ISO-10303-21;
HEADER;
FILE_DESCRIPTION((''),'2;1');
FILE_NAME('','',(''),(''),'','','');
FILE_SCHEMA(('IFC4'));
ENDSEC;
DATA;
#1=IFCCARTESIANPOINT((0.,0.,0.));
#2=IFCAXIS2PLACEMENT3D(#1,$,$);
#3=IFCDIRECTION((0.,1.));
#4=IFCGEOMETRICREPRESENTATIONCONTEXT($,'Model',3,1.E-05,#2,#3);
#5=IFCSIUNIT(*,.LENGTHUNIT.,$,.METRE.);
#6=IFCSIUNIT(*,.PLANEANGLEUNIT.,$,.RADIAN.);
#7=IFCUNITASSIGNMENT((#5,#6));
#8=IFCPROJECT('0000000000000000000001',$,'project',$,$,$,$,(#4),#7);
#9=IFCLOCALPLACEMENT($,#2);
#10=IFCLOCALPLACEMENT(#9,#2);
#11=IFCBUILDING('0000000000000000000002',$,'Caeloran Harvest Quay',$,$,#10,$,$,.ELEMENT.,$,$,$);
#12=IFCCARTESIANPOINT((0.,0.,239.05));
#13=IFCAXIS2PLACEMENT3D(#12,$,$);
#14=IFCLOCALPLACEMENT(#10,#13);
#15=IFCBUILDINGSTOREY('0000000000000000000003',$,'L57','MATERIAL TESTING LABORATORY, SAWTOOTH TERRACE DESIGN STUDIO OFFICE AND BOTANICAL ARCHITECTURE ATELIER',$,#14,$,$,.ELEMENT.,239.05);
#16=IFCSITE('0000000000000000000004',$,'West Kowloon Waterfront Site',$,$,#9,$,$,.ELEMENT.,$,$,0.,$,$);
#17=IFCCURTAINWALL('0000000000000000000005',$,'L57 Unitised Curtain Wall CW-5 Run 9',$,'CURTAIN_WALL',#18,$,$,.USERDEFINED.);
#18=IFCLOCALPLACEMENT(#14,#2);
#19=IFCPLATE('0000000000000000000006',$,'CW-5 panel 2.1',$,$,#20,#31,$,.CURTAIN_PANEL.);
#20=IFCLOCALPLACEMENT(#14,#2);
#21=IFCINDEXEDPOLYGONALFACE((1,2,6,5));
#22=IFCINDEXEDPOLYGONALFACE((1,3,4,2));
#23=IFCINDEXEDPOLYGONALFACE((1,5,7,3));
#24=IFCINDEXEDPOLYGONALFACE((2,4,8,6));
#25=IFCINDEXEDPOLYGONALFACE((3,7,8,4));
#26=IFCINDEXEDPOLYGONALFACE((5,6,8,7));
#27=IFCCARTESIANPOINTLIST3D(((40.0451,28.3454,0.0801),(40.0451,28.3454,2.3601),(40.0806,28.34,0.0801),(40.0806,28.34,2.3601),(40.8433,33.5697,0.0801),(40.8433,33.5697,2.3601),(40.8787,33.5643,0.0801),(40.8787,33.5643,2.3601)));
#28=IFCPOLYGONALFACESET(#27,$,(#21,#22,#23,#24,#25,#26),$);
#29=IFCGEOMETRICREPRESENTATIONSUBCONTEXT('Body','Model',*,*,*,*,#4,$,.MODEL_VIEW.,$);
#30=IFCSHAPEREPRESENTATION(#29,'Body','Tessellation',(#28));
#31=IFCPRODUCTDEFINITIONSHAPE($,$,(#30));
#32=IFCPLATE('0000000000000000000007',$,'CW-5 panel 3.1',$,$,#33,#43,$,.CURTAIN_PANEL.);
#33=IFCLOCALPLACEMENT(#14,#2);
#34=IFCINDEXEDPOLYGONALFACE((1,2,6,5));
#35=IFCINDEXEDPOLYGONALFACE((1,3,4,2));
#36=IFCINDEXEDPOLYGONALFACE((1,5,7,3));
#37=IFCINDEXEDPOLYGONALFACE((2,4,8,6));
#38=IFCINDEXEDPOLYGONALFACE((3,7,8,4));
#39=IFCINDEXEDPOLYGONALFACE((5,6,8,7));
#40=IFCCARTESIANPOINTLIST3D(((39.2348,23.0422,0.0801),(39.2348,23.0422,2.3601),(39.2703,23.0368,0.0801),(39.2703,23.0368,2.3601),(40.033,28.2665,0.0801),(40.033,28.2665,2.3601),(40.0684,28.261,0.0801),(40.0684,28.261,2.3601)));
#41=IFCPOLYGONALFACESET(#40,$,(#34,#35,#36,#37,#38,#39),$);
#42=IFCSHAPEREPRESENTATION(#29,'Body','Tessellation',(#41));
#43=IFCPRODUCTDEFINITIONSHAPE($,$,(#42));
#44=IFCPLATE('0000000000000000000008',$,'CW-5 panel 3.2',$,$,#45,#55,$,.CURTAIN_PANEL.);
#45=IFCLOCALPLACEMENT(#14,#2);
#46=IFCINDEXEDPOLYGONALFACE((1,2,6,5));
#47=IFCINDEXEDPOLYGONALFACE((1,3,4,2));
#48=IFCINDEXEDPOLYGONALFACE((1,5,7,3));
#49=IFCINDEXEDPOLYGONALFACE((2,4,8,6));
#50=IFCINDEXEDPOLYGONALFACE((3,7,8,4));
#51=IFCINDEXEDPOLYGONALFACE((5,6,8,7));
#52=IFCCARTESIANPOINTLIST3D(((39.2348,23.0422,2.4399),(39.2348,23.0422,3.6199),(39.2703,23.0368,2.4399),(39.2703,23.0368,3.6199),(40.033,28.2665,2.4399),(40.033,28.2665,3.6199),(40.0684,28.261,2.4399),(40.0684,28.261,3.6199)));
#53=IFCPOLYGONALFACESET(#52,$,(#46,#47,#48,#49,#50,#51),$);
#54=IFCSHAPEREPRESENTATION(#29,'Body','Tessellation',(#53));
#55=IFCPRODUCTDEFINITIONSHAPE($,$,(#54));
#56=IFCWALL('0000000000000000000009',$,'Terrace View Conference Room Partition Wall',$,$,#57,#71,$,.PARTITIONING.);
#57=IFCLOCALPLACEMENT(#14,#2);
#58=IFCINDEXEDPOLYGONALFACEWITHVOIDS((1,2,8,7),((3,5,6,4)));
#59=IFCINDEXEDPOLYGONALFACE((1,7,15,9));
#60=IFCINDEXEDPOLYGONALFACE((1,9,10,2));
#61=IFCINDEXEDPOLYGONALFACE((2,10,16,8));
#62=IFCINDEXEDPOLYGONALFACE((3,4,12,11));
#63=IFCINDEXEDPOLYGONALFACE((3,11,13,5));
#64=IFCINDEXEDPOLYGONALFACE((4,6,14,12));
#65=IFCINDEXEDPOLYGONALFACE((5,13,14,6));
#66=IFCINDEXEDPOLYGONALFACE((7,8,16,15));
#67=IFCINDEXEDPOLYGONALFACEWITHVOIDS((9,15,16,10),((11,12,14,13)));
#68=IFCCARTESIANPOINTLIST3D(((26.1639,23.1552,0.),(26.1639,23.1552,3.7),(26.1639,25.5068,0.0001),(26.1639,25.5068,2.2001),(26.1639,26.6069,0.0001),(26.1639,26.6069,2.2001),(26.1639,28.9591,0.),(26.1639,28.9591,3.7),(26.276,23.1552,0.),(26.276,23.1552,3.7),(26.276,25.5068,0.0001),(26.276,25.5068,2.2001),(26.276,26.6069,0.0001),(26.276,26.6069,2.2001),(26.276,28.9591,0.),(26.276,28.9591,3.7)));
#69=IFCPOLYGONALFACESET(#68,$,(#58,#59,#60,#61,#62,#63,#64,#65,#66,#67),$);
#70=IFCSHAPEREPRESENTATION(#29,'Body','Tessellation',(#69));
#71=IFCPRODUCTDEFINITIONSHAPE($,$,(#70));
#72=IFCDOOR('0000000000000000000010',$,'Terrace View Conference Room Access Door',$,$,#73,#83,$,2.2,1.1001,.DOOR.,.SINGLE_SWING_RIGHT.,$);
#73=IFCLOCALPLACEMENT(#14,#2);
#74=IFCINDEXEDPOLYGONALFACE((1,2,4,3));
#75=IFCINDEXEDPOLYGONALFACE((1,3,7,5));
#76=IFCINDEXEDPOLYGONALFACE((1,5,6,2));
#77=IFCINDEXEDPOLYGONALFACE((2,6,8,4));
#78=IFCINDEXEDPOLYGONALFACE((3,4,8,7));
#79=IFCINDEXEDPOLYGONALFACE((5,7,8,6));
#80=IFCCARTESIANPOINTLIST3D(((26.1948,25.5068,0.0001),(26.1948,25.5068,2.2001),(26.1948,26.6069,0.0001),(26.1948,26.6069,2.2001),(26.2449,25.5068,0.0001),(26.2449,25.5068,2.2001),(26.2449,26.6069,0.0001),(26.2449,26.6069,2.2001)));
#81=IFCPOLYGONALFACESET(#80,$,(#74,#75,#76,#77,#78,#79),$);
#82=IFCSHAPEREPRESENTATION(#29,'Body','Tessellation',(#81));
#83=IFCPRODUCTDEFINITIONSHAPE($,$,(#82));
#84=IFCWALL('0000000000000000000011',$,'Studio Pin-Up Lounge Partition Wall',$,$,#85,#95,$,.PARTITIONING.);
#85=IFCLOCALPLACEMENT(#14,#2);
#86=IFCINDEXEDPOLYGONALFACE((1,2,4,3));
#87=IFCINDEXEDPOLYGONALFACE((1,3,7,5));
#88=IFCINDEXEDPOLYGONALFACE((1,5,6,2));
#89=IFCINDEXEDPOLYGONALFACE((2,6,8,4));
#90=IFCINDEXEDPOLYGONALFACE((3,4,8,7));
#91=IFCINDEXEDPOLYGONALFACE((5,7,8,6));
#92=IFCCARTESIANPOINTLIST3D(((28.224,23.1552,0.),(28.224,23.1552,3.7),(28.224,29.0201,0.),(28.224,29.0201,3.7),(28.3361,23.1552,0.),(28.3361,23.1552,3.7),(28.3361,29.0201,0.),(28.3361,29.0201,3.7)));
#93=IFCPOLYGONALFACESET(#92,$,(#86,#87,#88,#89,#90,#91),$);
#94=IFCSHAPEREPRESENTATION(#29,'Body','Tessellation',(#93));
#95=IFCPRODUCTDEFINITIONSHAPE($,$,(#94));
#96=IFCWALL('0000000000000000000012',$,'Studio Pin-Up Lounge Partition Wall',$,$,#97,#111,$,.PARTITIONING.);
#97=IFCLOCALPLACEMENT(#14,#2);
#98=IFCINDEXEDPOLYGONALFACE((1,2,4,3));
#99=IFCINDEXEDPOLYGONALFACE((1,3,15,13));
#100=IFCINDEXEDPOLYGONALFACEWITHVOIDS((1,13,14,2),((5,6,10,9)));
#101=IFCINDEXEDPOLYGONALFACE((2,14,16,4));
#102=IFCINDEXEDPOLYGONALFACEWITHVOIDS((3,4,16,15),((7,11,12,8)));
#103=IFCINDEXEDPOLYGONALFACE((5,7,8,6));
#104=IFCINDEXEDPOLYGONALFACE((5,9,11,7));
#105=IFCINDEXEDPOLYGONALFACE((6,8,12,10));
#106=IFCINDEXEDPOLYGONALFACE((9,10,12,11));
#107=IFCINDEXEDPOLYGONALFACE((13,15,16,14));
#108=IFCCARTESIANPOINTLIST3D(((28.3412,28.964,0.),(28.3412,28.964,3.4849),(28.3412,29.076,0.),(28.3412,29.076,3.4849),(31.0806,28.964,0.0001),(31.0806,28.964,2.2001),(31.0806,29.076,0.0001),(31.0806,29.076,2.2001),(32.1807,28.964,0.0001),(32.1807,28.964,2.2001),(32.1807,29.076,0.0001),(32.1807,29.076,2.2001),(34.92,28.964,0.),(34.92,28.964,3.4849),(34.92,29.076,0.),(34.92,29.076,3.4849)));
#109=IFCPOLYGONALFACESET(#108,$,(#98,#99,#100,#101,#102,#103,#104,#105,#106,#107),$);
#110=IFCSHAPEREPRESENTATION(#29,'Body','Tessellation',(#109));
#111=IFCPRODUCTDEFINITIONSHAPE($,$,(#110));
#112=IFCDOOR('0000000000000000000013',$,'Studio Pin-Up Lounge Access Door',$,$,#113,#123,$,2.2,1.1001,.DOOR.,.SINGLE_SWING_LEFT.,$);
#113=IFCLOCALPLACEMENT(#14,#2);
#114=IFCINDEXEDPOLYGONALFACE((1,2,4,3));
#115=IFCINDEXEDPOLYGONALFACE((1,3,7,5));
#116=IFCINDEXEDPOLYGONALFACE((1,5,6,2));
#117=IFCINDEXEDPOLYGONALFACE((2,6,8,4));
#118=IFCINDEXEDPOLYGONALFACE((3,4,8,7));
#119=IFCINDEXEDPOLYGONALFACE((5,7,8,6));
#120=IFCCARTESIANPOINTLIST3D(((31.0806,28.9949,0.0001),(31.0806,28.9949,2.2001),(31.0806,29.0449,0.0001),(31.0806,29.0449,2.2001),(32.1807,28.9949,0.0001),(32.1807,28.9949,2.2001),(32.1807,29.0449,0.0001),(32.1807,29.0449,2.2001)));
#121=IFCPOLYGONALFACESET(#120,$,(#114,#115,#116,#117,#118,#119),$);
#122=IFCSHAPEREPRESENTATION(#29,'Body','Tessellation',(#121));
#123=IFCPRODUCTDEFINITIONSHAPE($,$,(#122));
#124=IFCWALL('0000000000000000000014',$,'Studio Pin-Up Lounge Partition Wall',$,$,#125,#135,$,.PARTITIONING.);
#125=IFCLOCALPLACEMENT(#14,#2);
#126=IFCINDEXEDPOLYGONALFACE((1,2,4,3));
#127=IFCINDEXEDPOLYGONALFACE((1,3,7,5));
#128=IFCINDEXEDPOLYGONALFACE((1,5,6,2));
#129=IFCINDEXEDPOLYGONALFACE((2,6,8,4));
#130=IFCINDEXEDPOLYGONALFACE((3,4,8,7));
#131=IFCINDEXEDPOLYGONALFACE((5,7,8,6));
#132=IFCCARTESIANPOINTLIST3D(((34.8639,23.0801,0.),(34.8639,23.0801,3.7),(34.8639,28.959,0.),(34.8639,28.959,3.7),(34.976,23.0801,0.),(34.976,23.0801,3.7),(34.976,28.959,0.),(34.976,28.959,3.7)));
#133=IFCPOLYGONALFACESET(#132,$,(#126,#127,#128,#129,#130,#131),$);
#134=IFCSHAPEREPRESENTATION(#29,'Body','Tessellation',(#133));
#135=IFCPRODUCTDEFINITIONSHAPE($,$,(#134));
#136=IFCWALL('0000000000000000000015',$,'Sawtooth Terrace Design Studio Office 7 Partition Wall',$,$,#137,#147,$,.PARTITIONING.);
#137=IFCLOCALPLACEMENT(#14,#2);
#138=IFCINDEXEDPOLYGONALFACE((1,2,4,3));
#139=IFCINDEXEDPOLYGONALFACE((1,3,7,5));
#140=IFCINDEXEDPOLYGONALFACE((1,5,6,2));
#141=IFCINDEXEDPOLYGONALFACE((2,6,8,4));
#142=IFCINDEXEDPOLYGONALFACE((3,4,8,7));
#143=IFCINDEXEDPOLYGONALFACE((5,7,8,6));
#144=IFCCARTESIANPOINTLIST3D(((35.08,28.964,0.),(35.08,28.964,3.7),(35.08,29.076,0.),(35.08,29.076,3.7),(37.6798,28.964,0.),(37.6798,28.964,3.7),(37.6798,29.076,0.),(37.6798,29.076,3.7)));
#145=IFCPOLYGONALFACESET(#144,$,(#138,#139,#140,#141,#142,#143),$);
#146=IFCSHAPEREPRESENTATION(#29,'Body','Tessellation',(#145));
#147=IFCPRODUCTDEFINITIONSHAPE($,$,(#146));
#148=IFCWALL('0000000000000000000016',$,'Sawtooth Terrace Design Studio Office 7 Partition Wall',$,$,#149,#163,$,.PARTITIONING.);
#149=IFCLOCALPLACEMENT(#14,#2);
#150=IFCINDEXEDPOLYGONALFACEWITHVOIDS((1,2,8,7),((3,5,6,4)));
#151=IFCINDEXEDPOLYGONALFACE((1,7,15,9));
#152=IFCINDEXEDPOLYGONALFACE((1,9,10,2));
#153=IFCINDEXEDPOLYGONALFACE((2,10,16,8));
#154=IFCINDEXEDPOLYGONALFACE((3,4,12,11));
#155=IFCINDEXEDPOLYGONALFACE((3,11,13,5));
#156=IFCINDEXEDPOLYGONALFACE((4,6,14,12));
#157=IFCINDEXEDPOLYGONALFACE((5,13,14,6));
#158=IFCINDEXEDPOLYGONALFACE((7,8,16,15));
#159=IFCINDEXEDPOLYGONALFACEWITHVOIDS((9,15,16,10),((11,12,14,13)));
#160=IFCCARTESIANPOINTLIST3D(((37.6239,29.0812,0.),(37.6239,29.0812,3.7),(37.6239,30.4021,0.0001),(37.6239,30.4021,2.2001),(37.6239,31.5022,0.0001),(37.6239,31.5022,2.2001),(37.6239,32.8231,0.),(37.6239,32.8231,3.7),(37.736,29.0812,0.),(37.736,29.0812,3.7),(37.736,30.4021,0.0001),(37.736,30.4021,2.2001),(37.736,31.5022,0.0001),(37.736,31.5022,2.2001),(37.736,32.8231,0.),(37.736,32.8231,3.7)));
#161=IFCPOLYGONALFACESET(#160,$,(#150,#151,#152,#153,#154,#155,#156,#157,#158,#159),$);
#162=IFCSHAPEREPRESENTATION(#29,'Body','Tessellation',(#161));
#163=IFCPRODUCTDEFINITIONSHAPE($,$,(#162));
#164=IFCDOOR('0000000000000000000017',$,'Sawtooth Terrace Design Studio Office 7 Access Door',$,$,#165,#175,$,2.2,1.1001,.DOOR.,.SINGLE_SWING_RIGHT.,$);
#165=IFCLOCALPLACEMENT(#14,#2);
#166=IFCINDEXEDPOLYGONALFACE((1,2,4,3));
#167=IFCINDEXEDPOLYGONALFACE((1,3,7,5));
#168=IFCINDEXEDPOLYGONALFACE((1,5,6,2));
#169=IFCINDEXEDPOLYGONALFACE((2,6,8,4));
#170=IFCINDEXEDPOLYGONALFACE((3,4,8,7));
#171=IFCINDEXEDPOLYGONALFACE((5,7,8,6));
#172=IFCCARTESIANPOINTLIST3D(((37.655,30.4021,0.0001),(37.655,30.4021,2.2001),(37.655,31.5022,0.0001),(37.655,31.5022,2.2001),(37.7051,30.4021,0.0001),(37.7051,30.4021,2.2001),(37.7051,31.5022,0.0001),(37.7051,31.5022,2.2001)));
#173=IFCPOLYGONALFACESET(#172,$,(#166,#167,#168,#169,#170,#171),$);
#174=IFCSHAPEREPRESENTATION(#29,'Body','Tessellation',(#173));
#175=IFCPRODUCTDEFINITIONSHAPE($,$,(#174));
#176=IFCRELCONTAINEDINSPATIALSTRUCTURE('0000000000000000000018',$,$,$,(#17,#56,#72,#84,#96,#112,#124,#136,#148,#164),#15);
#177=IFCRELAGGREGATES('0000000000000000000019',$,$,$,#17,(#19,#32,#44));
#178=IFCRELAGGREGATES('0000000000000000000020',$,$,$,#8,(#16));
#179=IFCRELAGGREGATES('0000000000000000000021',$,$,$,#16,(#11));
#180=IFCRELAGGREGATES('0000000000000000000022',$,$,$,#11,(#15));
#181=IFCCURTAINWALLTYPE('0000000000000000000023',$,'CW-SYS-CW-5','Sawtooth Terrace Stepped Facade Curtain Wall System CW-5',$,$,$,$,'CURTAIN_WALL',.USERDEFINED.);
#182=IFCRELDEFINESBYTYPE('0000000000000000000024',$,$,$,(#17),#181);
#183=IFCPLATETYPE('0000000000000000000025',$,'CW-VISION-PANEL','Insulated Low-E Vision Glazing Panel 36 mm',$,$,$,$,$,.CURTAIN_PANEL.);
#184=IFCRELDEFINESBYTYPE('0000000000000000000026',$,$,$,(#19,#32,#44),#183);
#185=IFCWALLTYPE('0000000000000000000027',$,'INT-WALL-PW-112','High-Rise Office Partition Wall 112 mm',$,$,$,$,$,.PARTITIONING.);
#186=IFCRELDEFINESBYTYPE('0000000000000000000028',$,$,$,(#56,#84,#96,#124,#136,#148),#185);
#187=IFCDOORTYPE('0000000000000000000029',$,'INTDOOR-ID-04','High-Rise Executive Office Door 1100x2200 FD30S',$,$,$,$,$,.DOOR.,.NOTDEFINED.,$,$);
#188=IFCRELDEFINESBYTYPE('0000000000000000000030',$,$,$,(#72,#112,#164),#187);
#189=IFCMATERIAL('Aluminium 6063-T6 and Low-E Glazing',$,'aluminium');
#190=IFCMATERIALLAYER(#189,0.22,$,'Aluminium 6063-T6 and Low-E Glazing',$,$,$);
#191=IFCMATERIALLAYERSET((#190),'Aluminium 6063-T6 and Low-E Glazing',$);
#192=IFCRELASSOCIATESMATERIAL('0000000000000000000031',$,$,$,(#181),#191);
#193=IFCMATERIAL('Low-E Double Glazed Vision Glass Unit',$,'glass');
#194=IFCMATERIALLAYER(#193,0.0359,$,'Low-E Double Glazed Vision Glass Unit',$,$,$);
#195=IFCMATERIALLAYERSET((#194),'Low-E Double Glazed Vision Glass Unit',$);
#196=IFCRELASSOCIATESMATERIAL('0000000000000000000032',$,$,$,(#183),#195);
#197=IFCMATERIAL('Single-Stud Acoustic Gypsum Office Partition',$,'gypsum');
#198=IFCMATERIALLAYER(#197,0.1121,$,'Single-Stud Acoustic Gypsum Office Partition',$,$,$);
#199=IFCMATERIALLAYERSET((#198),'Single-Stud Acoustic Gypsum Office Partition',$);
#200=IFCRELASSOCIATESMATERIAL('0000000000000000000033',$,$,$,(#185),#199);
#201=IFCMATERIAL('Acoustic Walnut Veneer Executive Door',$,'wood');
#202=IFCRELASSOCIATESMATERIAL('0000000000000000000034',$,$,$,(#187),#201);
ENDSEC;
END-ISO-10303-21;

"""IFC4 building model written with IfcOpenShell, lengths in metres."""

from ifc_helpers import new_model, si_unit, direction, frame, frame_2d, origin, origin_2d, place, context, subcontext, project, spatial, rectangle, extrude, material, layer, layer_set, type_object, element, fill, aggregate, save


model = new_model("IFC4")

# Units and contexts
model_context = context("Model", 3, precision=1e-05, world=origin(), true_north=direction((0.0, 1.0)))
body_context = subcontext(model_context, "Body", "Model", "MODEL_VIEW")
ifc_project = project(units=[si_unit("LENGTHUNIT", "METRE"), si_unit("PLANEANGLEUNIT", "RADIAN")], contexts=[model_context])

# Site, building, storey
site_placement = place(None, origin())
site = spatial("IfcSite", under=ifc_project, at=site_placement, Name="West Kowloon Waterfront Site", CompositionType="ELEMENT", RefElevation=0.0)
building_placement = place(site_placement, origin())
building = spatial("IfcBuilding", under=site, at=building_placement, Name="Caeloran Harvest Quay", CompositionType="ELEMENT")
storey_placement = place(building_placement, frame((0.0, 0.0, 239.05)))
storey = spatial("IfcBuildingStorey", under=building, at=storey_placement, Name="L57", Description="MATERIAL TESTING LABORATORY, SAWTOOTH TERRACE DESIGN STUDIO OFFICE AND BOTANICAL ARCHITECTURE ATELIER", CompositionType="ELEMENT", Elevation=239.05)

# Curtain wall, plates
ifc_material_1 = material(Name="Aluminium 6063-T6 and Low-E Glazing", Category="aluminium")
ifc_layer_1 = layer(ifc_material_1, 0.22, Name="Aluminium 6063-T6 and Low-E Glazing")
ifc_layer_set_1 = layer_set([ifc_layer_1], Name="Aluminium 6063-T6 and Low-E Glazing")
curtain_wall_type = type_object("IfcCurtainWallType", Name="CW-SYS-CW-5", Description="Sawtooth Terrace Stepped Facade Curtain Wall System CW-5", ElementType="CURTAIN_WALL", PredefinedType="USERDEFINED", material=ifc_layer_set_1)
curtain_wall_placement = place(storey_placement, origin())
curtain_wall = element("IfcCurtainWall", 1, at=curtain_wall_placement, inside=storey, type_object=curtain_wall_type, Name="L57 Unitised Curtain Wall CW-5 Run 9", ObjectType="CURTAIN_WALL", PredefinedType="USERDEFINED")
ifc_material_2 = material(Name="Low-E Double Glazed Vision Glass Unit", Category="glass")
ifc_layer_2 = layer(ifc_material_2, 0.0359, Name="Low-E Double Glazed Vision Glass Unit")
ifc_layer_set_2 = layer_set([ifc_layer_2], Name="Low-E Double Glazed Vision Glass Unit")
plate_type = type_object("IfcPlateType", Name="CW-VISION-PANEL", Description="Insulated Low-E Vision Glazing Panel 36 mm", PredefinedType="CURTAIN_PANEL", material=ifc_layer_set_2)
plate_1_placement = place(storey_placement, frame((40.4619, 30.9548, 0.0801), z_axis=(0.0, 0.0, 1.0), x_axis=(-0.151028, -0.98853, 0.0)))
plate_1 = element("IfcPlate", 2, at=plate_1_placement, type_object=plate_type, Name="CW-5 panel 2.1", PredefinedType="CURTAIN_PANEL", context=body_context, shape_type="SweptSolid", body=[
    extrude(rectangle(XDim=5.2849, YDim=0.0359, at=origin_2d()), origin(), (0.0, 0.0, 1.0), 2.28),
])
plate_2_placement = place(storey_placement, frame((39.6516, 25.6516, 0.0801), z_axis=(0.0, 0.0, 1.0), x_axis=(-0.151028, -0.98853, 0.0)))
plate_2 = element("IfcPlate", 3, at=plate_2_placement, type_object=plate_type, Name="CW-5 panel 3.1", PredefinedType="CURTAIN_PANEL", context=body_context, shape_type="SweptSolid", body=[
    extrude(rectangle(XDim=5.2849, YDim=0.0359, at=origin_2d()), origin(), (0.0, 0.0, 1.0), 2.28),
])
plate_3_placement = place(storey_placement, frame((39.6516, 25.6516, 2.4399), z_axis=(0.0, 0.0, 1.0), x_axis=(-0.151028, -0.98853, 0.0)))
plate_3 = element("IfcPlate", 4, at=plate_3_placement, type_object=plate_type, Name="CW-5 panel 3.2", PredefinedType="CURTAIN_PANEL", context=body_context, shape_type="SweptSolid", body=[
    extrude(rectangle(XDim=5.2849, YDim=0.0359, at=origin_2d()), origin(), (0.0, 0.0, 1.0), 1.1799),
])
aggregate(curtain_wall, [plate_1, plate_2, plate_3])

# Wall, opening, door
ifc_material_3 = material(Name="Single-Stud Acoustic Gypsum Office Partition", Category="gypsum")
ifc_layer_3 = layer(ifc_material_3, 0.1121, Name="Single-Stud Acoustic Gypsum Office Partition")
ifc_layer_set_3 = layer_set([ifc_layer_3], Name="Single-Stud Acoustic Gypsum Office Partition")
wall_type_1 = type_object("IfcWallType", Name="INT-WALL-PW-112", Description="High-Rise Office Partition Wall 112 mm", PredefinedType="PARTITIONING", material=ifc_layer_set_3)
wall_1_placement = place(storey_placement, frame((26.22, 28.959, 0.0), z_axis=(0.0, 0.0, 1.0), x_axis=(0.0, -1.0, 0.0)))
wall_1 = element("IfcWall", 5, at=wall_1_placement, inside=storey, type_object=wall_type_1, Name="Terrace View Conference Room Partition Wall", PredefinedType="PARTITIONING", context=body_context, shape_type="SweptSolid", body=[
    extrude(rectangle(XDim=5.804, YDim=0.1121, at=frame_2d((2.9019, 0.0))), origin(), (0.0, 0.0, 1.0), 3.7),
])
opening_1_placement = place(wall_1_placement, frame((2.3521, 0.0, 0.0)))
opening_1 = element("IfcOpeningElement", 6, at=opening_1_placement, cuts=wall_1, PredefinedType="OPENING", context=body_context, shape_type="SweptSolid", body=[
    extrude(rectangle(XDim=1.1001, YDim=2.2, at=frame_2d((0.55, 1.1001))), frame((0.0, 0.0659, 0.0), z_axis=(0.0, -1.0, 0.0), x_axis=(1.0, 0.0, 0.0)), (0.0, 0.0, 1.0), 0.1321),
])
ifc_material_4 = material(Name="Acoustic Walnut Veneer Executive Door", Category="wood")
door_type_1 = type_object("IfcDoorType", Name="INTDOOR-ID-04", Description="High-Rise Executive Office Door 1100x2200 FD30S", OperationType="NOTDEFINED", PredefinedType="DOOR", material=ifc_material_4)
door_1_placement = place(opening_1_placement, origin())
door_1 = element("IfcDoor", 7, at=door_1_placement, inside=storey, type_object=door_type_1, Name="Terrace View Conference Room Access Door", OperationType="SINGLE_SWING_RIGHT", OverallHeight=2.2, OverallWidth=1.1001, PredefinedType="DOOR", context=body_context, shape_type="SweptSolid", body=[
    extrude(rectangle(XDim=1.1001, YDim=2.2, at=frame_2d((0.55, 1.1001))), frame((0.0, 0.0249, 0.0), z_axis=(0.0, -1.0, 0.0), x_axis=(1.0, 0.0, 0.0)), (0.0, 0.0, 1.0), 0.05),
])
fill(opening_1, door_1)

# Wall
wall_2_placement = place(storey_placement, frame((28.28, 23.155, 0.0), z_axis=(0.0, 0.0, 1.0), x_axis=(0.0, 1.0, 0.0)))
element("IfcWall", 8, at=wall_2_placement, inside=storey, type_object=wall_type_1, Name="Studio Pin-Up Lounge Partition Wall", PredefinedType="PARTITIONING", context=body_context, shape_type="SweptSolid", body=[
    extrude(rectangle(XDim=5.865, YDim=0.1121, at=frame_2d((2.9326, 0.0))), origin(), (0.0, 0.0, 1.0), 3.7),
])

# Wall, opening, door
wall_3_placement = place(storey_placement, frame((28.3411, 29.02, 0.0), z_axis=(0.0, 0.0, 1.0), x_axis=(1.0, 0.0, 0.0)))
wall_3 = element("IfcWall", 9, at=wall_3_placement, inside=storey, type_object=wall_type_1, Name="Studio Pin-Up Lounge Partition Wall", PredefinedType="PARTITIONING", context=body_context, shape_type="SweptSolid", body=[
    extrude(rectangle(XDim=6.5789, YDim=0.1121, at=frame_2d((3.2896, 0.0))), origin(), (0.0, 0.0, 1.0), 3.4849),
])
opening_2_placement = place(wall_3_placement, frame((2.7395, 0.0, 0.0)))
opening_2 = element("IfcOpeningElement", 10, at=opening_2_placement, cuts=wall_3, PredefinedType="OPENING", context=body_context, shape_type="SweptSolid", body=[
    extrude(rectangle(XDim=1.1001, YDim=2.2, at=frame_2d((0.55, 1.1001))), frame((0.0, 0.0659, 0.0), z_axis=(0.0, -1.0, 0.0), x_axis=(1.0, 0.0, 0.0)), (0.0, 0.0, 1.0), 0.1321),
])
door_2_placement = place(opening_2_placement, origin())
door_2 = element("IfcDoor", 11, at=door_2_placement, inside=storey, type_object=door_type_1, Name="Studio Pin-Up Lounge Access Door", OperationType="SINGLE_SWING_LEFT", OverallHeight=2.2, OverallWidth=1.1001, PredefinedType="DOOR", context=body_context, shape_type="SweptSolid", body=[
    extrude(rectangle(XDim=1.1001, YDim=2.2, at=frame_2d((0.55, 1.1001))), frame((0.0, 0.0249, 0.0), z_axis=(0.0, -1.0, 0.0), x_axis=(1.0, 0.0, 0.0)), (0.0, 0.0, 1.0), 0.05),
])
fill(opening_2, door_2)

# Walls
wall_4_placement = place(storey_placement, frame((34.9199, 28.959, 0.0), z_axis=(0.0, 0.0, 1.0), x_axis=(0.0, -1.0, 0.0)))
element("IfcWall", 12, at=wall_4_placement, inside=storey, type_object=wall_type_1, Name="Studio Pin-Up Lounge Partition Wall", PredefinedType="PARTITIONING", context=body_context, shape_type="SweptSolid", body=[
    extrude(rectangle(XDim=5.8789, YDim=0.1121, at=frame_2d((2.9395, 0.0))), origin(), (0.0, 0.0, 1.0), 3.7),
])
wall_5_placement = place(storey_placement, frame((35.0801, 29.02, 0.0), z_axis=(0.0, 0.0, 1.0), x_axis=(1.0, 0.0, 0.0)))
element("IfcWall", 13, at=wall_5_placement, inside=storey, type_object=wall_type_1, Name="Sawtooth Terrace Design Studio Office 7 Partition Wall", PredefinedType="PARTITIONING", context=body_context, shape_type="SweptSolid", body=[
    extrude(rectangle(XDim=2.5999, YDim=0.1121, at=frame_2d((1.2998, 0.0))), origin(), (0.0, 0.0, 1.0), 3.7),
])

# Wall, opening, door
wall_6_placement = place(storey_placement, frame((37.6799, 29.0811, 0.0), z_axis=(0.0, 0.0, 1.0), x_axis=(0.0, 1.0, 0.0)))
wall_6 = element("IfcWall", 14, at=wall_6_placement, inside=storey, type_object=wall_type_1, Name="Sawtooth Terrace Design Studio Office 7 Partition Wall", PredefinedType="PARTITIONING", context=body_context, shape_type="SweptSolid", body=[
    extrude(rectangle(XDim=3.7419, YDim=0.1121, at=frame_2d((1.8711, 0.0))), origin(), (0.0, 0.0, 1.0), 3.7),
])
opening_3_placement = place(wall_6_placement, frame((1.321, 0.0, 0.0)))
opening_3 = element("IfcOpeningElement", 15, at=opening_3_placement, cuts=wall_6, PredefinedType="OPENING", context=body_context, shape_type="SweptSolid", body=[
    extrude(rectangle(XDim=1.1001, YDim=2.2, at=frame_2d((0.55, 1.1001))), frame((0.0, 0.0659, 0.0), z_axis=(0.0, -1.0, 0.0), x_axis=(1.0, 0.0, 0.0)), (0.0, 0.0, 1.0), 0.1321),
])
door_3_placement = place(opening_3_placement, origin())
door_3 = element("IfcDoor", 16, at=door_3_placement, inside=storey, type_object=door_type_1, Name="Sawtooth Terrace Design Studio Office 7 Access Door", OperationType="SINGLE_SWING_RIGHT", OverallHeight=2.2, OverallWidth=1.1001, PredefinedType="DOOR", context=body_context, shape_type="SweptSolid", body=[
    extrude(rectangle(XDim=1.1001, YDim=2.2, at=frame_2d((0.55, 1.1001))), frame((0.0, 0.0249, 0.0), z_axis=(0.0, -1.0, 0.0), x_axis=(1.0, 0.0, 0.0)), (0.0, 0.0, 1.0), 0.05),
])
fill(opening_3, door_3)

save(model, "model.ifc")
